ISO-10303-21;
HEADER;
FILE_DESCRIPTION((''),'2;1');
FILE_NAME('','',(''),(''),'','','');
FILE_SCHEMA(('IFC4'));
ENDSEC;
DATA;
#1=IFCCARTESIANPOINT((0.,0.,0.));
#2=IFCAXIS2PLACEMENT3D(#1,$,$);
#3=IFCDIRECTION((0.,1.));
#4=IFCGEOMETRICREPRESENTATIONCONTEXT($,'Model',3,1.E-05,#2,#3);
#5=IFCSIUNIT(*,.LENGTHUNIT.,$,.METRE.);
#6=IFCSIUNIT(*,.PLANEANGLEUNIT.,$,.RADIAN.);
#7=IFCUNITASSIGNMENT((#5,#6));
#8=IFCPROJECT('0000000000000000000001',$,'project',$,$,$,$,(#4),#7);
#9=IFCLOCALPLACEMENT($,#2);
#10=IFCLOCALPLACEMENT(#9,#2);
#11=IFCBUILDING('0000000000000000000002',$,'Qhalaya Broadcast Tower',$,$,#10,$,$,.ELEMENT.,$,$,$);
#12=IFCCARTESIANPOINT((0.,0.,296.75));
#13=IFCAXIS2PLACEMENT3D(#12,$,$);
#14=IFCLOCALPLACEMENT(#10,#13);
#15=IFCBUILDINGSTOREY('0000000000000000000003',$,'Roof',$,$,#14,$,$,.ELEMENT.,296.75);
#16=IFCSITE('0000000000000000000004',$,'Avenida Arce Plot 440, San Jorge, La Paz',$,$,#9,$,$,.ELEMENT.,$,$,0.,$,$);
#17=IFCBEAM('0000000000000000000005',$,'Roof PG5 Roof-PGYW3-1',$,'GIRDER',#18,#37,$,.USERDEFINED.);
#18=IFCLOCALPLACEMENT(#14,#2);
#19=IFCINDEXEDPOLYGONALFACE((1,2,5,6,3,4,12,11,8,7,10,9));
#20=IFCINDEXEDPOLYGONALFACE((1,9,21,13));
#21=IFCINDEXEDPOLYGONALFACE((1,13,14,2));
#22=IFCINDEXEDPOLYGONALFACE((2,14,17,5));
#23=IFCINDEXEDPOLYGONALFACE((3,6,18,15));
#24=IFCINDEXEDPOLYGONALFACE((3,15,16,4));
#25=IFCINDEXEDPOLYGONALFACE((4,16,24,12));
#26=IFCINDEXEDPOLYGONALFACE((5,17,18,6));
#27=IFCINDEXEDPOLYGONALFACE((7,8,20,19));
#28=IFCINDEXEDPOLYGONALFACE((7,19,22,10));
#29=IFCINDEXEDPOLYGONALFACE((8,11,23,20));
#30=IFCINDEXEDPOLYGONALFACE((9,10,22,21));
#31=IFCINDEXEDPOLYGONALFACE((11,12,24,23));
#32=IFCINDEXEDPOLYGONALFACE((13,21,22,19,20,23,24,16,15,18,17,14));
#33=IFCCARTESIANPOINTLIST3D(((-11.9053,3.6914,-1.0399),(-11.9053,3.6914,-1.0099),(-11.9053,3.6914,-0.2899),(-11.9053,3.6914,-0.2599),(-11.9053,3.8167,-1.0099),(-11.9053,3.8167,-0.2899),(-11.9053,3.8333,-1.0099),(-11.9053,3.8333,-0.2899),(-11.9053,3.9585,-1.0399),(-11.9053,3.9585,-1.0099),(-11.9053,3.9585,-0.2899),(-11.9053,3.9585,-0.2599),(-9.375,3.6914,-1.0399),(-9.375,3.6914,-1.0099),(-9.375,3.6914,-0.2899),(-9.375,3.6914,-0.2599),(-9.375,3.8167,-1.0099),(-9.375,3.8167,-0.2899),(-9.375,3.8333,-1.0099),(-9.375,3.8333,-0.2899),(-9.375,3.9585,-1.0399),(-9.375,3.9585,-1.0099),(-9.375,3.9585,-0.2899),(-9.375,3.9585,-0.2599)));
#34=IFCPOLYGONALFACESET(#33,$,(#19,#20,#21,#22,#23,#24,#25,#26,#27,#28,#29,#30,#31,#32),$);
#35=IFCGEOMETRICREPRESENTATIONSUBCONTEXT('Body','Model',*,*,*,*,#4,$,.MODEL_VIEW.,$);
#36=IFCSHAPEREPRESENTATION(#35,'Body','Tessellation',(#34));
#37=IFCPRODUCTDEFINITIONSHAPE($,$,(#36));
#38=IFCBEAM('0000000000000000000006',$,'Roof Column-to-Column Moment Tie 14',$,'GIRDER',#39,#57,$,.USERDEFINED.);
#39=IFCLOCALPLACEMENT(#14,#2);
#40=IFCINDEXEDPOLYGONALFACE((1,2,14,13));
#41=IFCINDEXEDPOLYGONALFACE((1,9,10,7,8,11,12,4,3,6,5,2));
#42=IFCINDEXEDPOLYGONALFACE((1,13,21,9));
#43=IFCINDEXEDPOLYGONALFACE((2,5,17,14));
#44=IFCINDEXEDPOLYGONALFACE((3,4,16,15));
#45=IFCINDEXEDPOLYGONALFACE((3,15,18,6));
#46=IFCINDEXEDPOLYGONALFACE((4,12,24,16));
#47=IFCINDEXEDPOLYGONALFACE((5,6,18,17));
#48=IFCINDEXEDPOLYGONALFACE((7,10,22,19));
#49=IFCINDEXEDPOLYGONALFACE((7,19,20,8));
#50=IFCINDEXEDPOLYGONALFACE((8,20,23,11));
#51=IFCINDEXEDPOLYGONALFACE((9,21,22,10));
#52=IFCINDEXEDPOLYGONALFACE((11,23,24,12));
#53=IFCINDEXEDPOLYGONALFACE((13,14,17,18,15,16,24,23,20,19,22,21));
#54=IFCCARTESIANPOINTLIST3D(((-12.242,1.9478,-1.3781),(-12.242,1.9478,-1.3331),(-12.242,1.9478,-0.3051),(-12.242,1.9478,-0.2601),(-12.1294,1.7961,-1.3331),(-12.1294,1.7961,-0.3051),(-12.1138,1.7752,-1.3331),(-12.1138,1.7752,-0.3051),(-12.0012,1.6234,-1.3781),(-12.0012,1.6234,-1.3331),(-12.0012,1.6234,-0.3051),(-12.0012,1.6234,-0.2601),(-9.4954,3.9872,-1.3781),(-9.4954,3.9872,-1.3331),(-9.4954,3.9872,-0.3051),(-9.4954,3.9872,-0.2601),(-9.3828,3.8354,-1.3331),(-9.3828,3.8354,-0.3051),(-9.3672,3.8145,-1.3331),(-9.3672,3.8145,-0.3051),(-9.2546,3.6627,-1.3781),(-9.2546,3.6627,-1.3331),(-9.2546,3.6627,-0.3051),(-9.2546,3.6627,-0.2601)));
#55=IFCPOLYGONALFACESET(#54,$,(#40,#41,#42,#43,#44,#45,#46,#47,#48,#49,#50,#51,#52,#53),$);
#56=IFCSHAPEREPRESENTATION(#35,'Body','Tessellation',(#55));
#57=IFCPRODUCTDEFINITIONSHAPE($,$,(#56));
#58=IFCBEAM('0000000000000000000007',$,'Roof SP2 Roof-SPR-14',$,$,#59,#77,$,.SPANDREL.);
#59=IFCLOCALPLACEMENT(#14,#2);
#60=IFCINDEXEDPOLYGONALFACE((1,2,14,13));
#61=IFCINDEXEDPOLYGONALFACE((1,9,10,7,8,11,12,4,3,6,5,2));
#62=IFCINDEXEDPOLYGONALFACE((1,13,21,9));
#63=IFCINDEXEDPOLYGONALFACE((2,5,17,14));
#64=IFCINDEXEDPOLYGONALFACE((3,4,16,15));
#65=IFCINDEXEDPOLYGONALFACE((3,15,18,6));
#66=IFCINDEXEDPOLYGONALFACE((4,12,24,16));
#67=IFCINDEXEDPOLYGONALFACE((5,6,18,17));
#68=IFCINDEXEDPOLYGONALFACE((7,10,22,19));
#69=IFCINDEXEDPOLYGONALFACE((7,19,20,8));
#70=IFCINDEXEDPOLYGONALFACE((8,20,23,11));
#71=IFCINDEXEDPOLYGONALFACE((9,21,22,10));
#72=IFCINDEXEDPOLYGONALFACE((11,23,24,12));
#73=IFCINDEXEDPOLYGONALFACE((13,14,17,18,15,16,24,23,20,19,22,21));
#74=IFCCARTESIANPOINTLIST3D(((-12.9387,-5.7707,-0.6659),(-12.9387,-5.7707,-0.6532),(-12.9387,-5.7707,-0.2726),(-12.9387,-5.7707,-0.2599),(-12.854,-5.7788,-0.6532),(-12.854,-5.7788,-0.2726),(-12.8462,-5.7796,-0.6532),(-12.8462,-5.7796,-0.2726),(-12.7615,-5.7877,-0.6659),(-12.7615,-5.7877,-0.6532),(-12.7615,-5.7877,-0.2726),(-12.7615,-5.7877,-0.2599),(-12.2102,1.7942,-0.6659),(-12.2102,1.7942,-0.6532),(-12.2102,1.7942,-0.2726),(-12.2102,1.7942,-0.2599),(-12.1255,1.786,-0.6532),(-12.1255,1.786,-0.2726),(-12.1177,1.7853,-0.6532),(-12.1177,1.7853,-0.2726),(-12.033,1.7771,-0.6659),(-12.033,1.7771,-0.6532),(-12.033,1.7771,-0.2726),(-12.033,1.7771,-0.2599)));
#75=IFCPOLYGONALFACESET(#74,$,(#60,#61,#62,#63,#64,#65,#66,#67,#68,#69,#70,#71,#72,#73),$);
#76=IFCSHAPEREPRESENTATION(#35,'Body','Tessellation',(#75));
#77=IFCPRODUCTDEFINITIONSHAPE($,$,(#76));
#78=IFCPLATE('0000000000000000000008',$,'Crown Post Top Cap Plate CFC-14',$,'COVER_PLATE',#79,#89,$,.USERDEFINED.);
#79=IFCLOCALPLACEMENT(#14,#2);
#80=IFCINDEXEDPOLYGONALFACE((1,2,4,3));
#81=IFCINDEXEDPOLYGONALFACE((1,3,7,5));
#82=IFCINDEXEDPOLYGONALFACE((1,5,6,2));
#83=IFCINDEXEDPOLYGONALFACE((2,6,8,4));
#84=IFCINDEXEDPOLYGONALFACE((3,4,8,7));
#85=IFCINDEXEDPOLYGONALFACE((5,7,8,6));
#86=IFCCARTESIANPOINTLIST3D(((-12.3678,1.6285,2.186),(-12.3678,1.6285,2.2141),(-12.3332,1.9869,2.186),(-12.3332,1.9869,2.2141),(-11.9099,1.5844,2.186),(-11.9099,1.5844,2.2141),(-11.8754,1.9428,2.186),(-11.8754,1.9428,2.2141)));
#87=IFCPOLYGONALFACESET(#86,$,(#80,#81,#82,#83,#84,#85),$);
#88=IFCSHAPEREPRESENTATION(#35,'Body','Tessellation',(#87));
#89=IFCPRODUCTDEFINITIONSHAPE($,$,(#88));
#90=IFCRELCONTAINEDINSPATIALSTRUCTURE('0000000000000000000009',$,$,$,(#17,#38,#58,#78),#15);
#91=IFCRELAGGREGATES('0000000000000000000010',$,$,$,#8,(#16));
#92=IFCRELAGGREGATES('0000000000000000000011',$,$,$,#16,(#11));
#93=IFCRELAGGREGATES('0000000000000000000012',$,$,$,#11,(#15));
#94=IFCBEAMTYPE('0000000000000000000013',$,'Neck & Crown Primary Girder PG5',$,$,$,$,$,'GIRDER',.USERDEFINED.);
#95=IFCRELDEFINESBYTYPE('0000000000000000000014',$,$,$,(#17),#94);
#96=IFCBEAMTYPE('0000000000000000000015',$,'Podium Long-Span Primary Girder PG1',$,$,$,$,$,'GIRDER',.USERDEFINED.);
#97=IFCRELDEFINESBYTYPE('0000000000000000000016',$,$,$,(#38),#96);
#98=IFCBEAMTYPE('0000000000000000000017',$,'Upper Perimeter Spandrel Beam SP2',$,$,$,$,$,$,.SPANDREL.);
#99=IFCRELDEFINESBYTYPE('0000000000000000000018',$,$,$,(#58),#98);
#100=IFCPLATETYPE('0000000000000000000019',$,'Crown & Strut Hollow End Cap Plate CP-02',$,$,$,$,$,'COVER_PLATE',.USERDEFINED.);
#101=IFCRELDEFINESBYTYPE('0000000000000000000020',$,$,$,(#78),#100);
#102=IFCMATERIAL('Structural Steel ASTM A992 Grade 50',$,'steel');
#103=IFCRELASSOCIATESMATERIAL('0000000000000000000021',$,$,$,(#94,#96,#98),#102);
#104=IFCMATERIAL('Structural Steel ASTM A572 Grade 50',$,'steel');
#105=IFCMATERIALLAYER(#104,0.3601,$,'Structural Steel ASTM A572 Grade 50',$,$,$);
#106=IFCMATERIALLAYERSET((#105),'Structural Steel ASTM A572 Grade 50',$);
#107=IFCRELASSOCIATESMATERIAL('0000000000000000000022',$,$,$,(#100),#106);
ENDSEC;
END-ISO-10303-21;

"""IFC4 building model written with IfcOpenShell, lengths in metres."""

from ifc_helpers import new_model, si_unit, direction, frame, origin, origin_2d, place, context, subcontext, project, spatial, rectangle, i_section, extrude, material, layer, layer_set, material_profile, profile_set, type_object, element, save


model = new_model("IFC4")

# Units and contexts
model_context = context("Model", 3, precision=1e-05, world=origin(), true_north=direction((0.0, 1.0)))
body_context = subcontext(model_context, "Body", "Model", "MODEL_VIEW")
ifc_project = project(units=[si_unit("LENGTHUNIT", "METRE"), si_unit("PLANEANGLEUNIT", "RADIAN")], contexts=[model_context])

# Site, building, storey
site_placement = place(None, origin())
site = spatial("IfcSite", under=ifc_project, at=site_placement, Name="Avenida Arce Plot 440, San Jorge, La Paz", CompositionType="ELEMENT", RefElevation=0.0)
building_placement = place(site_placement, origin())
building = spatial("IfcBuilding", under=site, at=building_placement, Name="Qhalaya Broadcast Tower", CompositionType="ELEMENT")
storey_placement = place(building_placement, frame((0.0, 0.0, 296.75)))
storey = spatial("IfcBuildingStorey", under=building, at=storey_placement, Name="Roof", CompositionType="ELEMENT", Elevation=296.75)

# Shared definitions
ifc_material_1 = material(Name="Structural Steel ASTM A992 Grade 50", Category="steel")

# Shared definitions
ifc_material_2 = material(Name="Structural Steel ASTM A572 Grade 50", Category="steel")

# Beams
ifc_material_profile_1 = material_profile(ifc_material_1, i_section(OverallWidth=0.2671, OverallDepth=0.78, WebThickness=0.0166, FlangeThickness=0.03, at=origin_2d()), Name="W30X148")
ifc_profile_set_1 = profile_set([ifc_material_profile_1], Name="Structural Steel ASTM A992 Grade 50")
beam_type_1 = type_object("IfcBeamType", Name="Neck & Crown Primary Girder PG5", ElementType="GIRDER", PredefinedType="USERDEFINED", material=ifc_profile_set_1)
beam_1_placement = place(storey_placement, frame((-11.9053, 3.825, -0.6499), z_axis=(1.0, 0.0, 0.0), x_axis=(0.0, 1.0, 0.0)))
element("IfcBeam", 1, at=beam_1_placement, inside=storey, type_object=beam_type_1, Name="Roof PG5 Roof-PGYW3-1", ObjectType="GIRDER", PredefinedType="USERDEFINED", context=body_context, shape_type="SweptSolid", body=[
    extrude(i_section(OverallWidth=0.2671, OverallDepth=0.78, WebThickness=0.0166, FlangeThickness=0.03, at=origin_2d()), origin(), (0.0, 0.0, 1.0), 2.5303),
])
ifc_material_profile_2 = material_profile(ifc_material_1, i_section(OverallWidth=0.4041, OverallDepth=1.1179, WebThickness=0.0261, FlangeThickness=0.0449, at=origin_2d()), Name="W44X335")
ifc_profile_set_2 = profile_set([ifc_material_profile_2], Name="Structural Steel ASTM A992 Grade 50")
beam_type_2 = type_object("IfcBeamType", Name="Podium Long-Span Primary Girder PG1", ElementType="GIRDER", PredefinedType="USERDEFINED", material=ifc_profile_set_2)
beam_2_placement = place(storey_placement, frame((-9.375, 3.825, -0.8191), z_axis=(-0.802885, -0.596133, 0.0), x_axis=(0.596133, -0.802885, 0.0)))
element("IfcBeam", 2, at=beam_2_placement, inside=storey, type_object=beam_type_2, Name="Roof Column-to-Column Moment Tie 14", ObjectType="GIRDER", PredefinedType="USERDEFINED", context=body_context, shape_type="SweptSolid", body=[
    extrude(i_section(OverallWidth=0.4041, OverallDepth=1.1179, WebThickness=0.0261, FlangeThickness=0.0449, at=origin_2d()), origin(), (0.0, 0.0, 1.0), 3.4209),
])
ifc_material_profile_3 = material_profile(ifc_material_1, i_section(OverallWidth=0.178, OverallDepth=0.406, WebThickness=0.0078, FlangeThickness=0.0127, at=origin_2d()), Name="W16X40")
ifc_profile_set_3 = profile_set([ifc_material_profile_3], Name="Structural Steel ASTM A992 Grade 50")
beam_type_3 = type_object("IfcBeamType", Name="Upper Perimeter Spandrel Beam SP2", PredefinedType="SPANDREL", material=ifc_profile_set_3)
beam_3_placement = place(storey_placement, frame((-12.1216, 1.7856, -0.4629), z_axis=(-0.095858, -0.995395, 0.0), x_axis=(0.995395, -0.095858, 0.0)))
element("IfcBeam", 3, at=beam_3_placement, inside=storey, type_object=beam_type_3, Name="Roof SP2 Roof-SPR-14", PredefinedType="SPANDREL", context=body_context, shape_type="SweptSolid", body=[
    extrude(i_section(OverallWidth=0.178, OverallDepth=0.406, WebThickness=0.0078, FlangeThickness=0.0127, at=origin_2d()), origin(), (0.0, 0.0, 1.0), 7.5999),
])

# Plate
ifc_layer_1 = layer(ifc_material_2, 0.3601, Name="Structural Steel ASTM A572 Grade 50")
ifc_layer_set_1 = layer_set([ifc_layer_1], Name="Structural Steel ASTM A572 Grade 50")
plate_type = type_object("IfcPlateType", Name="Crown & Strut Hollow End Cap Plate CP-02", ElementType="COVER_PLATE", PredefinedType="USERDEFINED", material=ifc_layer_set_1)
plate_placement = place(storey_placement, frame((-12.1216, 1.7856, 2.186), z_axis=(0.0, 0.0, 1.0), x_axis=(0.995396, -0.095846, 0.0)))
element("IfcPlate", 4, at=plate_placement, inside=storey, type_object=plate_type, Name="Crown Post Top Cap Plate CFC-14", ObjectType="COVER_PLATE", PredefinedType="USERDEFINED", context=body_context, shape_type="SweptSolid", body=[
    extrude(rectangle(XDim=0.46, YDim=0.3601, at=origin_2d()), origin(), (0.0, 0.0, 1.0), 0.0281),
])

save(model, "model.ifc")
